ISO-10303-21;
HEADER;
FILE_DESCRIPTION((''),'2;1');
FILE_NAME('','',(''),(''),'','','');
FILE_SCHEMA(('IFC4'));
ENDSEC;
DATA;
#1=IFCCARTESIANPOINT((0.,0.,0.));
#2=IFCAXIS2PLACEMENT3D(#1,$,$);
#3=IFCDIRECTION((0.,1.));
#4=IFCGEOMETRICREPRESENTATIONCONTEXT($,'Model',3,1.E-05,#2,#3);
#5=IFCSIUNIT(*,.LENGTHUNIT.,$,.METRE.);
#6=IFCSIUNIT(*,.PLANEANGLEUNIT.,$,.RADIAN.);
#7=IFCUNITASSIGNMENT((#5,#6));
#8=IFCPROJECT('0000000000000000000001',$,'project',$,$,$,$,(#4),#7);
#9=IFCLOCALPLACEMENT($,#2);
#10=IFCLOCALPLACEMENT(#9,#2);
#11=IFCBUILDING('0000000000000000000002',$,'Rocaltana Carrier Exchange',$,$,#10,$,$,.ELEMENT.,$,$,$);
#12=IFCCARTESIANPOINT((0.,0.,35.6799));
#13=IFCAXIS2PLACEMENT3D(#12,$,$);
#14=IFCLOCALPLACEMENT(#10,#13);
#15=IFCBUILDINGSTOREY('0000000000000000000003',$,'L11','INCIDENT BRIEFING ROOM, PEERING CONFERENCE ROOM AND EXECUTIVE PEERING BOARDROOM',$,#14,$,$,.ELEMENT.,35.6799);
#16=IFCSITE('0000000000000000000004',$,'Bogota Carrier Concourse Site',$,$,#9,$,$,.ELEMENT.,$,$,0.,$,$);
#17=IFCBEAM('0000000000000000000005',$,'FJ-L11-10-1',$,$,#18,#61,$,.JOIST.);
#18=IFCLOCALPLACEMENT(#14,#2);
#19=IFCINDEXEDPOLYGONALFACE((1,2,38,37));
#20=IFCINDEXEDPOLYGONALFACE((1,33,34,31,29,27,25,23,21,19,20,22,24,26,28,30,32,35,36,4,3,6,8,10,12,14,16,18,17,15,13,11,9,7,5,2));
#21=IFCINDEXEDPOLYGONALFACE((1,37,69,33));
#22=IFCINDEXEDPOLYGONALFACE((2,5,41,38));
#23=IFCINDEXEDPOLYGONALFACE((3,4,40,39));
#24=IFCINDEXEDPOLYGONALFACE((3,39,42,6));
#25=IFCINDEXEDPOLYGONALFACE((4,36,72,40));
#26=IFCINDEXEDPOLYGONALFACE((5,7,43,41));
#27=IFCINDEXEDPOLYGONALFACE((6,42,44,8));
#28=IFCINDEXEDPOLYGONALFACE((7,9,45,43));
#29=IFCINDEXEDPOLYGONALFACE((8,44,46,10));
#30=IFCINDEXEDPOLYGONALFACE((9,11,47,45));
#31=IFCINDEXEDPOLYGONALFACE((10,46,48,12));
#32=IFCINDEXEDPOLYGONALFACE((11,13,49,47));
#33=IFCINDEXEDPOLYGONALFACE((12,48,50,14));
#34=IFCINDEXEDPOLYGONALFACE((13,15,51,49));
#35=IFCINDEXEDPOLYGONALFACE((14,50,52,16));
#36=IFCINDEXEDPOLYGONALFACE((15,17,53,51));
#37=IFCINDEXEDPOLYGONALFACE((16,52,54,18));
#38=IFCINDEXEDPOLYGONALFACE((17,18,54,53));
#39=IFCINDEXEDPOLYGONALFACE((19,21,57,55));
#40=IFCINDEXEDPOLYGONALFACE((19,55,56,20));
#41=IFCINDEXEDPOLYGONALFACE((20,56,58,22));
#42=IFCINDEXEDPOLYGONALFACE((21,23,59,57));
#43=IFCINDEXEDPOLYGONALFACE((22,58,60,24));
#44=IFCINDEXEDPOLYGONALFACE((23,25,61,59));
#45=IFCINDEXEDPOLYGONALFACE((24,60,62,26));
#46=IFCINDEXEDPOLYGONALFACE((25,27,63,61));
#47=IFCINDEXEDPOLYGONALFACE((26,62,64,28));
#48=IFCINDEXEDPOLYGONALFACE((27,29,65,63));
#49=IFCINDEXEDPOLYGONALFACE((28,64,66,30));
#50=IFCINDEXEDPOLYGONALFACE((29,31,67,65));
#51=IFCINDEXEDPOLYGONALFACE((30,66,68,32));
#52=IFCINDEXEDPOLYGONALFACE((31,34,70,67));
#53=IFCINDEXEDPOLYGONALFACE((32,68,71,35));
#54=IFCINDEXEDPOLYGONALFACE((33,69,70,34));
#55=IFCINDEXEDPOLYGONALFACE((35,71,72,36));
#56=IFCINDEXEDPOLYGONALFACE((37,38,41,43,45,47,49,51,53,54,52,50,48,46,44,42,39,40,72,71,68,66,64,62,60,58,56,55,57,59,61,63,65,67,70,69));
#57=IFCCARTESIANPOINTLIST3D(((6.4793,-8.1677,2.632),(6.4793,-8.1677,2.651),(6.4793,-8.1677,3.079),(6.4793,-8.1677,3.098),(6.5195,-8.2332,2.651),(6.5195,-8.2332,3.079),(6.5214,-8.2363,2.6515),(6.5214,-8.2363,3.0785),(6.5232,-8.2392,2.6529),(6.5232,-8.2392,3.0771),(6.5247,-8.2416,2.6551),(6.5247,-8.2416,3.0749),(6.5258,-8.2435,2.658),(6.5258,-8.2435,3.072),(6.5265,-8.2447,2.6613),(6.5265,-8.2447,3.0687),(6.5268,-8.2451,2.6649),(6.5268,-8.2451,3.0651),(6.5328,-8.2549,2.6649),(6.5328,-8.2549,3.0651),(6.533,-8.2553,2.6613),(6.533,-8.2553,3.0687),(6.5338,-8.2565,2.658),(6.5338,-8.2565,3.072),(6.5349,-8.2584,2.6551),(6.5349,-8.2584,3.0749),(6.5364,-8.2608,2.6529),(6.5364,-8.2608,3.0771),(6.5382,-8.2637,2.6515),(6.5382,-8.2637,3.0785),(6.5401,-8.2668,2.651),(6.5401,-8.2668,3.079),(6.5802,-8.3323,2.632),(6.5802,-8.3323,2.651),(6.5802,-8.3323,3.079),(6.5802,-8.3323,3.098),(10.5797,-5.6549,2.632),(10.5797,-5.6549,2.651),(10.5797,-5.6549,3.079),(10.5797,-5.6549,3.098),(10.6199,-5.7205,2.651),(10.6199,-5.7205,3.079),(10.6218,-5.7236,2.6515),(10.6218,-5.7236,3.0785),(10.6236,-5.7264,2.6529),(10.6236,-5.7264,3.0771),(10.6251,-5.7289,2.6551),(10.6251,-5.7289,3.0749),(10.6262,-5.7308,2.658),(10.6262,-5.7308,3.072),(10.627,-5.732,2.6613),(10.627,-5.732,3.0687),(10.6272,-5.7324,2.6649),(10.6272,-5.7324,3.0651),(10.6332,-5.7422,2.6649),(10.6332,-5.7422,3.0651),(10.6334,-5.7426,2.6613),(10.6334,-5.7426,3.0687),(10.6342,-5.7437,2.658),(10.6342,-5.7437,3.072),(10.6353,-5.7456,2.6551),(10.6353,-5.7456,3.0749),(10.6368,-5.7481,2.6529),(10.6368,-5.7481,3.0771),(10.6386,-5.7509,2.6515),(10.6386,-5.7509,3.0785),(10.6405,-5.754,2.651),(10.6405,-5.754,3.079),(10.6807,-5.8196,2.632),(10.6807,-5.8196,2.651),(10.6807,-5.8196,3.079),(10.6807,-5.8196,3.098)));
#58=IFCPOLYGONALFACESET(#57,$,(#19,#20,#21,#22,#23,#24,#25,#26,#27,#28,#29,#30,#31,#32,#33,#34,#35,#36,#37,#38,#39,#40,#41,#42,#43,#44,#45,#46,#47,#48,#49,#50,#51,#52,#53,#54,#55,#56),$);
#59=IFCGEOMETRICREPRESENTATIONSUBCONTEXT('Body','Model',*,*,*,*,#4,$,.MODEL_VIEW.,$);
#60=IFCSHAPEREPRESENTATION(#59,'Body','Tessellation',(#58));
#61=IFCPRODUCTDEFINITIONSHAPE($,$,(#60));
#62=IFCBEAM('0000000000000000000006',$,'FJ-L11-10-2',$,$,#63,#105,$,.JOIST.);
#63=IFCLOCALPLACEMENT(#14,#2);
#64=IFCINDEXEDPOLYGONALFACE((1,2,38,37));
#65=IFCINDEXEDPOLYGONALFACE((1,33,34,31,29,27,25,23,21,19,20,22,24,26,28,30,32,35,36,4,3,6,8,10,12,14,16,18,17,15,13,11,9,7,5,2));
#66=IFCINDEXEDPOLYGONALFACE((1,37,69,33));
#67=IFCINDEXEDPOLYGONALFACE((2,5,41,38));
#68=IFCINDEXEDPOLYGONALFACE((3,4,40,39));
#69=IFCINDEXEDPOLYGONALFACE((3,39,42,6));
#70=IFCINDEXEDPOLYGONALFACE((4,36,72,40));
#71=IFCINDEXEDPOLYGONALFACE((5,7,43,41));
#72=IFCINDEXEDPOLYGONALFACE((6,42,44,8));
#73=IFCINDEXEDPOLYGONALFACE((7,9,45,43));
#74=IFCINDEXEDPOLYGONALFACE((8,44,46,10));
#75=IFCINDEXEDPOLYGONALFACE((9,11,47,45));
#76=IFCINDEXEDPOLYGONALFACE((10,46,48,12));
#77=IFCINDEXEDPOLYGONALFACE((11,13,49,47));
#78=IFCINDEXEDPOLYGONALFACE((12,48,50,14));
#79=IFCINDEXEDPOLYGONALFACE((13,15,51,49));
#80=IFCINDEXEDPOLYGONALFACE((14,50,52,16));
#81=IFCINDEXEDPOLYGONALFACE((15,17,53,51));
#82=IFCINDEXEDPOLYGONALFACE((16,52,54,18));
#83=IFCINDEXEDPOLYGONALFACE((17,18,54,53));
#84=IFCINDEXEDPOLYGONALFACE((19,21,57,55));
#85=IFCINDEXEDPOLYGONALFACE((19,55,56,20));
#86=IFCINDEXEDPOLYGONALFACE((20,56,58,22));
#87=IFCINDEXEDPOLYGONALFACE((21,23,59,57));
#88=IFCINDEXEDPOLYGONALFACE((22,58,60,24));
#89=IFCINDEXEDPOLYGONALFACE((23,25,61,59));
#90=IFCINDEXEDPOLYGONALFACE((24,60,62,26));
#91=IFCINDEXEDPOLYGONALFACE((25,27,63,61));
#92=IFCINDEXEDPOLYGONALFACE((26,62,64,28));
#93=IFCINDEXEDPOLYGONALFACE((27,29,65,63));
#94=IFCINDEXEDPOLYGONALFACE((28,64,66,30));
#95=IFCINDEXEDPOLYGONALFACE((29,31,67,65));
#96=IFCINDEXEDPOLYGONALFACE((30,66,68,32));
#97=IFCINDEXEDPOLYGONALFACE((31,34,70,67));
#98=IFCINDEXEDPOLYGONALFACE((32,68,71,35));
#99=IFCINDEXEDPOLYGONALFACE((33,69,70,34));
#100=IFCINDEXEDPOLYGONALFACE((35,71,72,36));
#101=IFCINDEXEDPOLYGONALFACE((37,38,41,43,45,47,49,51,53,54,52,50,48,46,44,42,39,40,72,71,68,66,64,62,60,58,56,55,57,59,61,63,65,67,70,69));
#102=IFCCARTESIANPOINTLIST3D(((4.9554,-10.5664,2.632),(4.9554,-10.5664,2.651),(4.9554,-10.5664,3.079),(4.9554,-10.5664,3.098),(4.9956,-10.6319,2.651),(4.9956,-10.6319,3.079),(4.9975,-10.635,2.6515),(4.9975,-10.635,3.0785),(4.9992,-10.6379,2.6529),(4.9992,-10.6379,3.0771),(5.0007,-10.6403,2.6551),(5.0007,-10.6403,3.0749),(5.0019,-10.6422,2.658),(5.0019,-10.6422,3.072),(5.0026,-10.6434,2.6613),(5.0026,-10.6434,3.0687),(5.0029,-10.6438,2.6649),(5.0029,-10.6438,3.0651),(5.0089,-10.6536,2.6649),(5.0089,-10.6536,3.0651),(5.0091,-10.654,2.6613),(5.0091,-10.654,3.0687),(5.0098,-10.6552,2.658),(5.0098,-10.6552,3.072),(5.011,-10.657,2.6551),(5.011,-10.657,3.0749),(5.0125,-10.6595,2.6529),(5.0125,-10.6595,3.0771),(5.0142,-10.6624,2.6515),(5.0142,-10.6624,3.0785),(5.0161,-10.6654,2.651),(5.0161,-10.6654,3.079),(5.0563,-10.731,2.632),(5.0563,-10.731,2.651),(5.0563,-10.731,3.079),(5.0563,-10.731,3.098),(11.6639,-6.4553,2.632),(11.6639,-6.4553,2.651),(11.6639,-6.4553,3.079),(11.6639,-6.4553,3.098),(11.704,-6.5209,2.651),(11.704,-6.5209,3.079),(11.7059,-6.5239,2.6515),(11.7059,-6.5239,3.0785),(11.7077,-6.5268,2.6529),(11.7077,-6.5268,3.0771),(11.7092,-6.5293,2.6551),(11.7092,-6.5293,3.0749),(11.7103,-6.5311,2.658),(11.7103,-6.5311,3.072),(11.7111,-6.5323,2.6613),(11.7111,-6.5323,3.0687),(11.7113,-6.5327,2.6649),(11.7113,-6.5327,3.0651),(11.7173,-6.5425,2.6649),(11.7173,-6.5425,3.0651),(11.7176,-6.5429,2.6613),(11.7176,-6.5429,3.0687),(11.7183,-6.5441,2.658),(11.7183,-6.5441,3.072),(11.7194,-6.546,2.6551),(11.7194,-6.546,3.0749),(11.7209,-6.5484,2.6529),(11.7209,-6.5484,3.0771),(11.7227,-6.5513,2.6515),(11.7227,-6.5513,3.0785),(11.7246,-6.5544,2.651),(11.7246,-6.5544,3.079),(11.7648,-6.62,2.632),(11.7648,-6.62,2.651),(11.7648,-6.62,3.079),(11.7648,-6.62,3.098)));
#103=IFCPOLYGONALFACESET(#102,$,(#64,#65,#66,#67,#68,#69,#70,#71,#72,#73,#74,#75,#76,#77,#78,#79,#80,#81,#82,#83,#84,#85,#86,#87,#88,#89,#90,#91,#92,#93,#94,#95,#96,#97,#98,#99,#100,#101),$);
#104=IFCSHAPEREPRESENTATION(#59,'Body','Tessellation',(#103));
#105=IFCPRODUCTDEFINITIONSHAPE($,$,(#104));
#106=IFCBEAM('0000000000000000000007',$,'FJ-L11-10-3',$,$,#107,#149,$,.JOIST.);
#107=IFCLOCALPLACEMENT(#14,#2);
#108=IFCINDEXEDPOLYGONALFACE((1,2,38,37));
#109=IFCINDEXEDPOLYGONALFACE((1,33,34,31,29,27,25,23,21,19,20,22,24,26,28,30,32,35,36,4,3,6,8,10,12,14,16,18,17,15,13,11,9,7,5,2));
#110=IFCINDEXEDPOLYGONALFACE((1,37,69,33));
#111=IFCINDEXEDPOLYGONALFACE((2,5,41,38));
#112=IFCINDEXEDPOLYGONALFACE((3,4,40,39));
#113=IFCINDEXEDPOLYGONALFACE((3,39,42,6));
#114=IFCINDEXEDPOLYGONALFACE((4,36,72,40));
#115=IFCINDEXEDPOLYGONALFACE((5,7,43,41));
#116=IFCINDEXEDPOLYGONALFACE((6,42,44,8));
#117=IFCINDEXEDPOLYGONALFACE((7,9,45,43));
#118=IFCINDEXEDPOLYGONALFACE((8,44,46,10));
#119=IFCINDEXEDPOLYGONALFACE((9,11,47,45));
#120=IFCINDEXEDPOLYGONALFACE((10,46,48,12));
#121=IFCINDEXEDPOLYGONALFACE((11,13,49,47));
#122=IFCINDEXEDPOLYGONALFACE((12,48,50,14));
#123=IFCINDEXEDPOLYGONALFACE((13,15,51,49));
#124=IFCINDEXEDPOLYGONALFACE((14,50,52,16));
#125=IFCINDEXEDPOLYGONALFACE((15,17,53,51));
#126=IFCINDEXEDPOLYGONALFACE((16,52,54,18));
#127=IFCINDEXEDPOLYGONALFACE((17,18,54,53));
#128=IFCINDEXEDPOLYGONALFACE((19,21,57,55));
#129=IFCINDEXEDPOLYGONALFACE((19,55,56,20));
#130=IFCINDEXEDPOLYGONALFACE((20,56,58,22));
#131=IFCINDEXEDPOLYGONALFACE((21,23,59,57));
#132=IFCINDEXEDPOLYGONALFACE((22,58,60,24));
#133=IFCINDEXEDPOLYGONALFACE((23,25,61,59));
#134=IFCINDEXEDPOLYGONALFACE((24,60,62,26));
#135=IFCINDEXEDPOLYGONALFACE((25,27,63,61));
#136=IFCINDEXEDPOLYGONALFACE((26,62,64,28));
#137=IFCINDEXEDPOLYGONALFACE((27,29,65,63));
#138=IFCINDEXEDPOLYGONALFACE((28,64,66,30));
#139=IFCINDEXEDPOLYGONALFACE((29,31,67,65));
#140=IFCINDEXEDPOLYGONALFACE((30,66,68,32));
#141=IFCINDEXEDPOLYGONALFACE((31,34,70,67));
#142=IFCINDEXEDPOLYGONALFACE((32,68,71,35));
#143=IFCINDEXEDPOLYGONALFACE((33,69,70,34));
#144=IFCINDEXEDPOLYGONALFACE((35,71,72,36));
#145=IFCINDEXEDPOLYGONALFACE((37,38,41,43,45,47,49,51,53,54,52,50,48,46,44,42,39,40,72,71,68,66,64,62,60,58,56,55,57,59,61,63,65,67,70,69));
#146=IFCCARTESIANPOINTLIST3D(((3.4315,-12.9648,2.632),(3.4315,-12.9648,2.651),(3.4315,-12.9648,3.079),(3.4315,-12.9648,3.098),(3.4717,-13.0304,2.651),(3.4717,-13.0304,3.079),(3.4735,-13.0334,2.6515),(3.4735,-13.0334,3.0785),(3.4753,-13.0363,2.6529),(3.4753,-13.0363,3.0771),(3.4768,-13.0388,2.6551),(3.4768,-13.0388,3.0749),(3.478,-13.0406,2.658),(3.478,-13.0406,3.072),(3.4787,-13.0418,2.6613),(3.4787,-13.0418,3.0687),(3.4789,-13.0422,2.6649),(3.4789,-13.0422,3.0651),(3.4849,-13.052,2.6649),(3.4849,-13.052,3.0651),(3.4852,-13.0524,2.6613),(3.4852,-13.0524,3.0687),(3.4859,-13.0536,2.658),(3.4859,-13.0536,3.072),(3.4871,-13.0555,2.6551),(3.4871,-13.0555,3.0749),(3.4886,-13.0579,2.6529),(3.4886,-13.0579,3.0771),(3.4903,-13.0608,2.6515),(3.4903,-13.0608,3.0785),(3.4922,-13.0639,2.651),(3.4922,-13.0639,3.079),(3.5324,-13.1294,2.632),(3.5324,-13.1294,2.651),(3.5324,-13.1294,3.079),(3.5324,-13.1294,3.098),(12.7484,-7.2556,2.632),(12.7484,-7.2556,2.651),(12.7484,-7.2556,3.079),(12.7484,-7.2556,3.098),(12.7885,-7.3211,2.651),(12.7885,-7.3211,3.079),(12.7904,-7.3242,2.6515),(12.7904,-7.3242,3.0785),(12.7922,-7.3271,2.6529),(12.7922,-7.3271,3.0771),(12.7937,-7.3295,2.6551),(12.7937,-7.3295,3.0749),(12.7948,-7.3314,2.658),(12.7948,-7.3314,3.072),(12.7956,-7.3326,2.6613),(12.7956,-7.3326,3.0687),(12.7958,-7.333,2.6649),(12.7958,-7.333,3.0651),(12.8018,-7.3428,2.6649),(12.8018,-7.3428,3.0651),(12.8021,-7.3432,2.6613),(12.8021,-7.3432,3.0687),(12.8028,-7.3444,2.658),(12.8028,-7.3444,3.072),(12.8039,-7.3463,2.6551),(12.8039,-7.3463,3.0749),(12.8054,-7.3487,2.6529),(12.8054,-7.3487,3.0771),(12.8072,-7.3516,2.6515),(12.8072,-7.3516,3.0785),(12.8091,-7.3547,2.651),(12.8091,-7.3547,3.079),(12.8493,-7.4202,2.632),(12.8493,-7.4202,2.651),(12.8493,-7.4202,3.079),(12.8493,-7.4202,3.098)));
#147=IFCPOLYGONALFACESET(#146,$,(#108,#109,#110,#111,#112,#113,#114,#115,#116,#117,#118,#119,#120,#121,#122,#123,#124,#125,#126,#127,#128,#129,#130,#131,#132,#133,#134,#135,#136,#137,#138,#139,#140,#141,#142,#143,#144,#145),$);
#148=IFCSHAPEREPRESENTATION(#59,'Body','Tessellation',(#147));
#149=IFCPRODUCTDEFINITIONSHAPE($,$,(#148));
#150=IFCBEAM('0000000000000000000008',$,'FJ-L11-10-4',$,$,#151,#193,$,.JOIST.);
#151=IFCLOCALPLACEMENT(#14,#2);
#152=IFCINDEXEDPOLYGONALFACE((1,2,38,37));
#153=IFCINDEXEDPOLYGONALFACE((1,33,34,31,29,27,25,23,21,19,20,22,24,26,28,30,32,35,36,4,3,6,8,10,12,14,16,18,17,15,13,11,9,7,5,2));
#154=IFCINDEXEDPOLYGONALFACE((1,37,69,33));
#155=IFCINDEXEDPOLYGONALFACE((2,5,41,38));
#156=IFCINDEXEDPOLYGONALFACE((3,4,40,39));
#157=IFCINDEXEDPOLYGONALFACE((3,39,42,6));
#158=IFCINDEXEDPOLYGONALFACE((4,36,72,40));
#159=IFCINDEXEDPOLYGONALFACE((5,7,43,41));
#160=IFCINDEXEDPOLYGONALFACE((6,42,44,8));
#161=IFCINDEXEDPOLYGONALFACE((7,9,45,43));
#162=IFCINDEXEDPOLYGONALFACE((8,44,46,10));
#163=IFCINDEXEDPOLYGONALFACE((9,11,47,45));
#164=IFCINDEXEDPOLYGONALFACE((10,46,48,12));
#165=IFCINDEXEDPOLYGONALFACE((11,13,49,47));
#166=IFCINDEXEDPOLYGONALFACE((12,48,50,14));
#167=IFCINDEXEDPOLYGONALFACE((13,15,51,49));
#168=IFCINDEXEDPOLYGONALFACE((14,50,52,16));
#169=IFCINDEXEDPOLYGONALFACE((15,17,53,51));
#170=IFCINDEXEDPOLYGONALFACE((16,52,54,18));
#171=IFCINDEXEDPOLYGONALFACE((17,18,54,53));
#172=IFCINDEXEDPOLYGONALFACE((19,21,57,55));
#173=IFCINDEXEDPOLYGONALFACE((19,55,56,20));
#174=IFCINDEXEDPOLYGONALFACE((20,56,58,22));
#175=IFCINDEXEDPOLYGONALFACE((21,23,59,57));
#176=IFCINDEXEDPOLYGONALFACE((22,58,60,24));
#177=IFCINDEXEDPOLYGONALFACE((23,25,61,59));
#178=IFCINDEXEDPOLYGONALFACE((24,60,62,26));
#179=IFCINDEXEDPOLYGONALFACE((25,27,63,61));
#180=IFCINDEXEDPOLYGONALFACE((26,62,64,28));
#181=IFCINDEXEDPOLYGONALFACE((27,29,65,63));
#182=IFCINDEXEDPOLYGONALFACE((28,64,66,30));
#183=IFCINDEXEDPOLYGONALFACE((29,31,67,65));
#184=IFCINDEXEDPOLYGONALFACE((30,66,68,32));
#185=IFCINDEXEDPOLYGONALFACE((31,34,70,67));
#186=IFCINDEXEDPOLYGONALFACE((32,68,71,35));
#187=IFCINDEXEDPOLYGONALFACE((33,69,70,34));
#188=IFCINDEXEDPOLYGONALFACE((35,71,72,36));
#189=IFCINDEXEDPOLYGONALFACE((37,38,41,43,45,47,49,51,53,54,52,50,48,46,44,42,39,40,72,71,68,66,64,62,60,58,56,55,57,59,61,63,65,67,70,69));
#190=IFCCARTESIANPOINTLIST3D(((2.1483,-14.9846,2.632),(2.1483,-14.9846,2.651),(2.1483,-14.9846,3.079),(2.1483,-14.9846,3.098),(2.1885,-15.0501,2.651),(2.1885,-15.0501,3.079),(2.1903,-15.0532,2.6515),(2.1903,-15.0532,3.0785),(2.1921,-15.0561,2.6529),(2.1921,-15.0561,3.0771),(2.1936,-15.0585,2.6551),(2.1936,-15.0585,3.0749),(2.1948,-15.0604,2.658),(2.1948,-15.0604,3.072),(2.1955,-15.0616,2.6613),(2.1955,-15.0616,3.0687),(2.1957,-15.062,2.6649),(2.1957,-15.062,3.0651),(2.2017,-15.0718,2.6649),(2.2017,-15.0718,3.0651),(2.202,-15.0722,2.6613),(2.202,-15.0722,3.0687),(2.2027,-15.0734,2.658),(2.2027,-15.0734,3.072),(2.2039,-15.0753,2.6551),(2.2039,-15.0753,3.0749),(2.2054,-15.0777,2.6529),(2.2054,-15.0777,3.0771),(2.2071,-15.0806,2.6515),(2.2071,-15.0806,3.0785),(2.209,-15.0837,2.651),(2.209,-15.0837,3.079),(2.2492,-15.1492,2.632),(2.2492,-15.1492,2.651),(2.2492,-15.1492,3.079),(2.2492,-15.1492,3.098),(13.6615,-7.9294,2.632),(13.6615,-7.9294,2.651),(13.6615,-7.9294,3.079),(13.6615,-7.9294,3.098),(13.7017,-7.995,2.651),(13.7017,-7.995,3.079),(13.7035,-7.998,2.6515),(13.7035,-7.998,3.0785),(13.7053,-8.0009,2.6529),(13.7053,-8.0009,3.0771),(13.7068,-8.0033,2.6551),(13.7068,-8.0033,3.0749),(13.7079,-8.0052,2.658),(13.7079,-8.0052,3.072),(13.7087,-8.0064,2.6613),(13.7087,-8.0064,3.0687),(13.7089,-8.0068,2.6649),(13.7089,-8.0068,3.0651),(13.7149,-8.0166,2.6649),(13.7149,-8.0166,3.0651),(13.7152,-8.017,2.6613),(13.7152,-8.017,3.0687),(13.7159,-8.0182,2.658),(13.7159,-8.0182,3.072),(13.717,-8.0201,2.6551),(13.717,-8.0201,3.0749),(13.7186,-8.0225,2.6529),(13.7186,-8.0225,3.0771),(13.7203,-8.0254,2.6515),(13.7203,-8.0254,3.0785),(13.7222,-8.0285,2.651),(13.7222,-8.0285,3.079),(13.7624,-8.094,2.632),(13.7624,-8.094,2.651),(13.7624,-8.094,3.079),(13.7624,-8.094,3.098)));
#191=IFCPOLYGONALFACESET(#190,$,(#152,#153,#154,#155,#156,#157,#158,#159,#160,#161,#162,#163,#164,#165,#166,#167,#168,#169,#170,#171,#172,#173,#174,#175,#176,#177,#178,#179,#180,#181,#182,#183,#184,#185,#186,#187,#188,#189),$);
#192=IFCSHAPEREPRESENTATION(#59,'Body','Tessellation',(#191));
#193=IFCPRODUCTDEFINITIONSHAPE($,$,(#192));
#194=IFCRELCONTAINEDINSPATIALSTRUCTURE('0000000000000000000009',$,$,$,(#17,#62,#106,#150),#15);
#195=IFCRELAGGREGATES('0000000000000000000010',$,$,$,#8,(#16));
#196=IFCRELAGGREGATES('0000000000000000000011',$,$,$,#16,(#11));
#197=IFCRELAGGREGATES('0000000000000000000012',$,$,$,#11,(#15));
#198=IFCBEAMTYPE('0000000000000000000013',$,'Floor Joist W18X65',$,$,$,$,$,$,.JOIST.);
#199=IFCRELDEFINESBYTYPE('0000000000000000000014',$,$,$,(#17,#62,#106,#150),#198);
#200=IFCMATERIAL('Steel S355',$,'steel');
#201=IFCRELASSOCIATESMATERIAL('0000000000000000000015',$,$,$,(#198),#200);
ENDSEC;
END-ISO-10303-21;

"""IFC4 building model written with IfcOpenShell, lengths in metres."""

from ifc_helpers import new_model, si_unit, direction, frame, origin, origin_2d, place, context, subcontext, project, spatial, i_section, extrude, material, material_profile, profile_set, type_object, element, save


model = new_model("IFC4")

# Units and contexts
model_context = context("Model", 3, precision=1e-05, world=origin(), true_north=direction((0.0, 1.0)))
body_context = subcontext(model_context, "Body", "Model", "MODEL_VIEW")
ifc_project = project(units=[si_unit("LENGTHUNIT", "METRE"), si_unit("PLANEANGLEUNIT", "RADIAN")], contexts=[model_context])

# Site, building, storey
site_placement = place(None, origin())
site = spatial("IfcSite", under=ifc_project, at=site_placement, Name="Bogota Carrier Concourse Site", CompositionType="ELEMENT", RefElevation=0.0)
building_placement = place(site_placement, origin())
building = spatial("IfcBuilding", under=site, at=building_placement, Name="Rocaltana Carrier Exchange", CompositionType="ELEMENT")
storey_placement = place(building_placement, frame((0.0, 0.0, 35.6799)))
storey = spatial("IfcBuildingStorey", under=building, at=storey_placement, Name="L11", Description="INCIDENT BRIEFING ROOM, PEERING CONFERENCE ROOM AND EXECUTIVE PEERING BOARDROOM", CompositionType="ELEMENT", Elevation=35.6799)

# Beams
ifc_material_1 = material(Name="Steel S355", Category="steel")
ifc_material_profile_1 = material_profile(ifc_material_1, i_section(OverallWidth=0.1931, OverallDepth=0.4661, WebThickness=0.0115, FlangeThickness=0.019, FilletRadius=0.0139, at=origin_2d()), Name="W18X65")
ifc_profile_set_1 = profile_set([ifc_material_profile_1], Name="Steel S355")
beam_type_1 = type_object("IfcBeamType", Name="Floor Joist W18X65", PredefinedType="JOIST", material=ifc_profile_set_1)
beam_1_placement = place(storey_placement, frame((6.5298, -8.25, 2.865), z_axis=(0.85264, 0.522499, 0.0), x_axis=(-0.522499, 0.85264, 0.0)))
element("IfcBeam", 1, at=beam_1_placement, inside=storey, type_object=beam_type_1, Name="FJ-L11-10-1", PredefinedType="JOIST", context=body_context, shape_type="SweptSolid", body=[
    extrude(i_section(OverallWidth=0.1931, OverallDepth=0.4661, WebThickness=0.0115, FlangeThickness=0.019, FilletRadius=0.0139, at=origin_2d()), origin(), (0.0, 0.0, 1.0), 4.8091),
])
beam_2_placement = place(storey_placement, frame((5.0059, -10.6487, 2.865), z_axis=(0.852634, 0.522509, 0.0), x_axis=(-0.522509, 0.852634, 0.0)))
element("IfcBeam", 2, at=beam_2_placement, inside=storey, type_object=beam_type_1, Name="FJ-L11-10-2", PredefinedType="JOIST", context=body_context, shape_type="SweptSolid", body=[
    extrude(i_section(OverallWidth=0.1931, OverallDepth=0.4661, WebThickness=0.0115, FlangeThickness=0.019, FilletRadius=0.0139, at=origin_2d()), origin(), (0.0, 0.0, 1.0), 7.8679),
])
beam_3_placement = place(storey_placement, frame((3.4819, -13.0471, 2.865), z_axis=(0.852647, 0.522487, 0.0), x_axis=(-0.522487, 0.852647, 0.0)))
element("IfcBeam", 3, at=beam_3_placement, inside=storey, type_object=beam_type_1, Name="FJ-L11-10-3", PredefinedType="JOIST", context=body_context, shape_type="SweptSolid", body=[
    extrude(i_section(OverallWidth=0.1931, OverallDepth=0.4661, WebThickness=0.0115, FlangeThickness=0.019, FilletRadius=0.0139, at=origin_2d()), origin(), (0.0, 0.0, 1.0), 10.927),
])
beam_4_placement = place(storey_placement, frame((2.1987, -15.0669, 2.865), z_axis=(0.852644, 0.522493, 0.0), x_axis=(-0.522493, 0.852644, 0.0)))
element("IfcBeam", 4, at=beam_4_placement, inside=storey, type_object=beam_type_1, Name="FJ-L11-10-4", PredefinedType="JOIST", context=body_context, shape_type="SweptSolid", body=[
    extrude(i_section(OverallWidth=0.1931, OverallDepth=0.4661, WebThickness=0.0115, FlangeThickness=0.019, FilletRadius=0.0139, at=origin_2d()), origin(), (0.0, 0.0, 1.0), 13.5029),
])

save(model, "model.ifc")
